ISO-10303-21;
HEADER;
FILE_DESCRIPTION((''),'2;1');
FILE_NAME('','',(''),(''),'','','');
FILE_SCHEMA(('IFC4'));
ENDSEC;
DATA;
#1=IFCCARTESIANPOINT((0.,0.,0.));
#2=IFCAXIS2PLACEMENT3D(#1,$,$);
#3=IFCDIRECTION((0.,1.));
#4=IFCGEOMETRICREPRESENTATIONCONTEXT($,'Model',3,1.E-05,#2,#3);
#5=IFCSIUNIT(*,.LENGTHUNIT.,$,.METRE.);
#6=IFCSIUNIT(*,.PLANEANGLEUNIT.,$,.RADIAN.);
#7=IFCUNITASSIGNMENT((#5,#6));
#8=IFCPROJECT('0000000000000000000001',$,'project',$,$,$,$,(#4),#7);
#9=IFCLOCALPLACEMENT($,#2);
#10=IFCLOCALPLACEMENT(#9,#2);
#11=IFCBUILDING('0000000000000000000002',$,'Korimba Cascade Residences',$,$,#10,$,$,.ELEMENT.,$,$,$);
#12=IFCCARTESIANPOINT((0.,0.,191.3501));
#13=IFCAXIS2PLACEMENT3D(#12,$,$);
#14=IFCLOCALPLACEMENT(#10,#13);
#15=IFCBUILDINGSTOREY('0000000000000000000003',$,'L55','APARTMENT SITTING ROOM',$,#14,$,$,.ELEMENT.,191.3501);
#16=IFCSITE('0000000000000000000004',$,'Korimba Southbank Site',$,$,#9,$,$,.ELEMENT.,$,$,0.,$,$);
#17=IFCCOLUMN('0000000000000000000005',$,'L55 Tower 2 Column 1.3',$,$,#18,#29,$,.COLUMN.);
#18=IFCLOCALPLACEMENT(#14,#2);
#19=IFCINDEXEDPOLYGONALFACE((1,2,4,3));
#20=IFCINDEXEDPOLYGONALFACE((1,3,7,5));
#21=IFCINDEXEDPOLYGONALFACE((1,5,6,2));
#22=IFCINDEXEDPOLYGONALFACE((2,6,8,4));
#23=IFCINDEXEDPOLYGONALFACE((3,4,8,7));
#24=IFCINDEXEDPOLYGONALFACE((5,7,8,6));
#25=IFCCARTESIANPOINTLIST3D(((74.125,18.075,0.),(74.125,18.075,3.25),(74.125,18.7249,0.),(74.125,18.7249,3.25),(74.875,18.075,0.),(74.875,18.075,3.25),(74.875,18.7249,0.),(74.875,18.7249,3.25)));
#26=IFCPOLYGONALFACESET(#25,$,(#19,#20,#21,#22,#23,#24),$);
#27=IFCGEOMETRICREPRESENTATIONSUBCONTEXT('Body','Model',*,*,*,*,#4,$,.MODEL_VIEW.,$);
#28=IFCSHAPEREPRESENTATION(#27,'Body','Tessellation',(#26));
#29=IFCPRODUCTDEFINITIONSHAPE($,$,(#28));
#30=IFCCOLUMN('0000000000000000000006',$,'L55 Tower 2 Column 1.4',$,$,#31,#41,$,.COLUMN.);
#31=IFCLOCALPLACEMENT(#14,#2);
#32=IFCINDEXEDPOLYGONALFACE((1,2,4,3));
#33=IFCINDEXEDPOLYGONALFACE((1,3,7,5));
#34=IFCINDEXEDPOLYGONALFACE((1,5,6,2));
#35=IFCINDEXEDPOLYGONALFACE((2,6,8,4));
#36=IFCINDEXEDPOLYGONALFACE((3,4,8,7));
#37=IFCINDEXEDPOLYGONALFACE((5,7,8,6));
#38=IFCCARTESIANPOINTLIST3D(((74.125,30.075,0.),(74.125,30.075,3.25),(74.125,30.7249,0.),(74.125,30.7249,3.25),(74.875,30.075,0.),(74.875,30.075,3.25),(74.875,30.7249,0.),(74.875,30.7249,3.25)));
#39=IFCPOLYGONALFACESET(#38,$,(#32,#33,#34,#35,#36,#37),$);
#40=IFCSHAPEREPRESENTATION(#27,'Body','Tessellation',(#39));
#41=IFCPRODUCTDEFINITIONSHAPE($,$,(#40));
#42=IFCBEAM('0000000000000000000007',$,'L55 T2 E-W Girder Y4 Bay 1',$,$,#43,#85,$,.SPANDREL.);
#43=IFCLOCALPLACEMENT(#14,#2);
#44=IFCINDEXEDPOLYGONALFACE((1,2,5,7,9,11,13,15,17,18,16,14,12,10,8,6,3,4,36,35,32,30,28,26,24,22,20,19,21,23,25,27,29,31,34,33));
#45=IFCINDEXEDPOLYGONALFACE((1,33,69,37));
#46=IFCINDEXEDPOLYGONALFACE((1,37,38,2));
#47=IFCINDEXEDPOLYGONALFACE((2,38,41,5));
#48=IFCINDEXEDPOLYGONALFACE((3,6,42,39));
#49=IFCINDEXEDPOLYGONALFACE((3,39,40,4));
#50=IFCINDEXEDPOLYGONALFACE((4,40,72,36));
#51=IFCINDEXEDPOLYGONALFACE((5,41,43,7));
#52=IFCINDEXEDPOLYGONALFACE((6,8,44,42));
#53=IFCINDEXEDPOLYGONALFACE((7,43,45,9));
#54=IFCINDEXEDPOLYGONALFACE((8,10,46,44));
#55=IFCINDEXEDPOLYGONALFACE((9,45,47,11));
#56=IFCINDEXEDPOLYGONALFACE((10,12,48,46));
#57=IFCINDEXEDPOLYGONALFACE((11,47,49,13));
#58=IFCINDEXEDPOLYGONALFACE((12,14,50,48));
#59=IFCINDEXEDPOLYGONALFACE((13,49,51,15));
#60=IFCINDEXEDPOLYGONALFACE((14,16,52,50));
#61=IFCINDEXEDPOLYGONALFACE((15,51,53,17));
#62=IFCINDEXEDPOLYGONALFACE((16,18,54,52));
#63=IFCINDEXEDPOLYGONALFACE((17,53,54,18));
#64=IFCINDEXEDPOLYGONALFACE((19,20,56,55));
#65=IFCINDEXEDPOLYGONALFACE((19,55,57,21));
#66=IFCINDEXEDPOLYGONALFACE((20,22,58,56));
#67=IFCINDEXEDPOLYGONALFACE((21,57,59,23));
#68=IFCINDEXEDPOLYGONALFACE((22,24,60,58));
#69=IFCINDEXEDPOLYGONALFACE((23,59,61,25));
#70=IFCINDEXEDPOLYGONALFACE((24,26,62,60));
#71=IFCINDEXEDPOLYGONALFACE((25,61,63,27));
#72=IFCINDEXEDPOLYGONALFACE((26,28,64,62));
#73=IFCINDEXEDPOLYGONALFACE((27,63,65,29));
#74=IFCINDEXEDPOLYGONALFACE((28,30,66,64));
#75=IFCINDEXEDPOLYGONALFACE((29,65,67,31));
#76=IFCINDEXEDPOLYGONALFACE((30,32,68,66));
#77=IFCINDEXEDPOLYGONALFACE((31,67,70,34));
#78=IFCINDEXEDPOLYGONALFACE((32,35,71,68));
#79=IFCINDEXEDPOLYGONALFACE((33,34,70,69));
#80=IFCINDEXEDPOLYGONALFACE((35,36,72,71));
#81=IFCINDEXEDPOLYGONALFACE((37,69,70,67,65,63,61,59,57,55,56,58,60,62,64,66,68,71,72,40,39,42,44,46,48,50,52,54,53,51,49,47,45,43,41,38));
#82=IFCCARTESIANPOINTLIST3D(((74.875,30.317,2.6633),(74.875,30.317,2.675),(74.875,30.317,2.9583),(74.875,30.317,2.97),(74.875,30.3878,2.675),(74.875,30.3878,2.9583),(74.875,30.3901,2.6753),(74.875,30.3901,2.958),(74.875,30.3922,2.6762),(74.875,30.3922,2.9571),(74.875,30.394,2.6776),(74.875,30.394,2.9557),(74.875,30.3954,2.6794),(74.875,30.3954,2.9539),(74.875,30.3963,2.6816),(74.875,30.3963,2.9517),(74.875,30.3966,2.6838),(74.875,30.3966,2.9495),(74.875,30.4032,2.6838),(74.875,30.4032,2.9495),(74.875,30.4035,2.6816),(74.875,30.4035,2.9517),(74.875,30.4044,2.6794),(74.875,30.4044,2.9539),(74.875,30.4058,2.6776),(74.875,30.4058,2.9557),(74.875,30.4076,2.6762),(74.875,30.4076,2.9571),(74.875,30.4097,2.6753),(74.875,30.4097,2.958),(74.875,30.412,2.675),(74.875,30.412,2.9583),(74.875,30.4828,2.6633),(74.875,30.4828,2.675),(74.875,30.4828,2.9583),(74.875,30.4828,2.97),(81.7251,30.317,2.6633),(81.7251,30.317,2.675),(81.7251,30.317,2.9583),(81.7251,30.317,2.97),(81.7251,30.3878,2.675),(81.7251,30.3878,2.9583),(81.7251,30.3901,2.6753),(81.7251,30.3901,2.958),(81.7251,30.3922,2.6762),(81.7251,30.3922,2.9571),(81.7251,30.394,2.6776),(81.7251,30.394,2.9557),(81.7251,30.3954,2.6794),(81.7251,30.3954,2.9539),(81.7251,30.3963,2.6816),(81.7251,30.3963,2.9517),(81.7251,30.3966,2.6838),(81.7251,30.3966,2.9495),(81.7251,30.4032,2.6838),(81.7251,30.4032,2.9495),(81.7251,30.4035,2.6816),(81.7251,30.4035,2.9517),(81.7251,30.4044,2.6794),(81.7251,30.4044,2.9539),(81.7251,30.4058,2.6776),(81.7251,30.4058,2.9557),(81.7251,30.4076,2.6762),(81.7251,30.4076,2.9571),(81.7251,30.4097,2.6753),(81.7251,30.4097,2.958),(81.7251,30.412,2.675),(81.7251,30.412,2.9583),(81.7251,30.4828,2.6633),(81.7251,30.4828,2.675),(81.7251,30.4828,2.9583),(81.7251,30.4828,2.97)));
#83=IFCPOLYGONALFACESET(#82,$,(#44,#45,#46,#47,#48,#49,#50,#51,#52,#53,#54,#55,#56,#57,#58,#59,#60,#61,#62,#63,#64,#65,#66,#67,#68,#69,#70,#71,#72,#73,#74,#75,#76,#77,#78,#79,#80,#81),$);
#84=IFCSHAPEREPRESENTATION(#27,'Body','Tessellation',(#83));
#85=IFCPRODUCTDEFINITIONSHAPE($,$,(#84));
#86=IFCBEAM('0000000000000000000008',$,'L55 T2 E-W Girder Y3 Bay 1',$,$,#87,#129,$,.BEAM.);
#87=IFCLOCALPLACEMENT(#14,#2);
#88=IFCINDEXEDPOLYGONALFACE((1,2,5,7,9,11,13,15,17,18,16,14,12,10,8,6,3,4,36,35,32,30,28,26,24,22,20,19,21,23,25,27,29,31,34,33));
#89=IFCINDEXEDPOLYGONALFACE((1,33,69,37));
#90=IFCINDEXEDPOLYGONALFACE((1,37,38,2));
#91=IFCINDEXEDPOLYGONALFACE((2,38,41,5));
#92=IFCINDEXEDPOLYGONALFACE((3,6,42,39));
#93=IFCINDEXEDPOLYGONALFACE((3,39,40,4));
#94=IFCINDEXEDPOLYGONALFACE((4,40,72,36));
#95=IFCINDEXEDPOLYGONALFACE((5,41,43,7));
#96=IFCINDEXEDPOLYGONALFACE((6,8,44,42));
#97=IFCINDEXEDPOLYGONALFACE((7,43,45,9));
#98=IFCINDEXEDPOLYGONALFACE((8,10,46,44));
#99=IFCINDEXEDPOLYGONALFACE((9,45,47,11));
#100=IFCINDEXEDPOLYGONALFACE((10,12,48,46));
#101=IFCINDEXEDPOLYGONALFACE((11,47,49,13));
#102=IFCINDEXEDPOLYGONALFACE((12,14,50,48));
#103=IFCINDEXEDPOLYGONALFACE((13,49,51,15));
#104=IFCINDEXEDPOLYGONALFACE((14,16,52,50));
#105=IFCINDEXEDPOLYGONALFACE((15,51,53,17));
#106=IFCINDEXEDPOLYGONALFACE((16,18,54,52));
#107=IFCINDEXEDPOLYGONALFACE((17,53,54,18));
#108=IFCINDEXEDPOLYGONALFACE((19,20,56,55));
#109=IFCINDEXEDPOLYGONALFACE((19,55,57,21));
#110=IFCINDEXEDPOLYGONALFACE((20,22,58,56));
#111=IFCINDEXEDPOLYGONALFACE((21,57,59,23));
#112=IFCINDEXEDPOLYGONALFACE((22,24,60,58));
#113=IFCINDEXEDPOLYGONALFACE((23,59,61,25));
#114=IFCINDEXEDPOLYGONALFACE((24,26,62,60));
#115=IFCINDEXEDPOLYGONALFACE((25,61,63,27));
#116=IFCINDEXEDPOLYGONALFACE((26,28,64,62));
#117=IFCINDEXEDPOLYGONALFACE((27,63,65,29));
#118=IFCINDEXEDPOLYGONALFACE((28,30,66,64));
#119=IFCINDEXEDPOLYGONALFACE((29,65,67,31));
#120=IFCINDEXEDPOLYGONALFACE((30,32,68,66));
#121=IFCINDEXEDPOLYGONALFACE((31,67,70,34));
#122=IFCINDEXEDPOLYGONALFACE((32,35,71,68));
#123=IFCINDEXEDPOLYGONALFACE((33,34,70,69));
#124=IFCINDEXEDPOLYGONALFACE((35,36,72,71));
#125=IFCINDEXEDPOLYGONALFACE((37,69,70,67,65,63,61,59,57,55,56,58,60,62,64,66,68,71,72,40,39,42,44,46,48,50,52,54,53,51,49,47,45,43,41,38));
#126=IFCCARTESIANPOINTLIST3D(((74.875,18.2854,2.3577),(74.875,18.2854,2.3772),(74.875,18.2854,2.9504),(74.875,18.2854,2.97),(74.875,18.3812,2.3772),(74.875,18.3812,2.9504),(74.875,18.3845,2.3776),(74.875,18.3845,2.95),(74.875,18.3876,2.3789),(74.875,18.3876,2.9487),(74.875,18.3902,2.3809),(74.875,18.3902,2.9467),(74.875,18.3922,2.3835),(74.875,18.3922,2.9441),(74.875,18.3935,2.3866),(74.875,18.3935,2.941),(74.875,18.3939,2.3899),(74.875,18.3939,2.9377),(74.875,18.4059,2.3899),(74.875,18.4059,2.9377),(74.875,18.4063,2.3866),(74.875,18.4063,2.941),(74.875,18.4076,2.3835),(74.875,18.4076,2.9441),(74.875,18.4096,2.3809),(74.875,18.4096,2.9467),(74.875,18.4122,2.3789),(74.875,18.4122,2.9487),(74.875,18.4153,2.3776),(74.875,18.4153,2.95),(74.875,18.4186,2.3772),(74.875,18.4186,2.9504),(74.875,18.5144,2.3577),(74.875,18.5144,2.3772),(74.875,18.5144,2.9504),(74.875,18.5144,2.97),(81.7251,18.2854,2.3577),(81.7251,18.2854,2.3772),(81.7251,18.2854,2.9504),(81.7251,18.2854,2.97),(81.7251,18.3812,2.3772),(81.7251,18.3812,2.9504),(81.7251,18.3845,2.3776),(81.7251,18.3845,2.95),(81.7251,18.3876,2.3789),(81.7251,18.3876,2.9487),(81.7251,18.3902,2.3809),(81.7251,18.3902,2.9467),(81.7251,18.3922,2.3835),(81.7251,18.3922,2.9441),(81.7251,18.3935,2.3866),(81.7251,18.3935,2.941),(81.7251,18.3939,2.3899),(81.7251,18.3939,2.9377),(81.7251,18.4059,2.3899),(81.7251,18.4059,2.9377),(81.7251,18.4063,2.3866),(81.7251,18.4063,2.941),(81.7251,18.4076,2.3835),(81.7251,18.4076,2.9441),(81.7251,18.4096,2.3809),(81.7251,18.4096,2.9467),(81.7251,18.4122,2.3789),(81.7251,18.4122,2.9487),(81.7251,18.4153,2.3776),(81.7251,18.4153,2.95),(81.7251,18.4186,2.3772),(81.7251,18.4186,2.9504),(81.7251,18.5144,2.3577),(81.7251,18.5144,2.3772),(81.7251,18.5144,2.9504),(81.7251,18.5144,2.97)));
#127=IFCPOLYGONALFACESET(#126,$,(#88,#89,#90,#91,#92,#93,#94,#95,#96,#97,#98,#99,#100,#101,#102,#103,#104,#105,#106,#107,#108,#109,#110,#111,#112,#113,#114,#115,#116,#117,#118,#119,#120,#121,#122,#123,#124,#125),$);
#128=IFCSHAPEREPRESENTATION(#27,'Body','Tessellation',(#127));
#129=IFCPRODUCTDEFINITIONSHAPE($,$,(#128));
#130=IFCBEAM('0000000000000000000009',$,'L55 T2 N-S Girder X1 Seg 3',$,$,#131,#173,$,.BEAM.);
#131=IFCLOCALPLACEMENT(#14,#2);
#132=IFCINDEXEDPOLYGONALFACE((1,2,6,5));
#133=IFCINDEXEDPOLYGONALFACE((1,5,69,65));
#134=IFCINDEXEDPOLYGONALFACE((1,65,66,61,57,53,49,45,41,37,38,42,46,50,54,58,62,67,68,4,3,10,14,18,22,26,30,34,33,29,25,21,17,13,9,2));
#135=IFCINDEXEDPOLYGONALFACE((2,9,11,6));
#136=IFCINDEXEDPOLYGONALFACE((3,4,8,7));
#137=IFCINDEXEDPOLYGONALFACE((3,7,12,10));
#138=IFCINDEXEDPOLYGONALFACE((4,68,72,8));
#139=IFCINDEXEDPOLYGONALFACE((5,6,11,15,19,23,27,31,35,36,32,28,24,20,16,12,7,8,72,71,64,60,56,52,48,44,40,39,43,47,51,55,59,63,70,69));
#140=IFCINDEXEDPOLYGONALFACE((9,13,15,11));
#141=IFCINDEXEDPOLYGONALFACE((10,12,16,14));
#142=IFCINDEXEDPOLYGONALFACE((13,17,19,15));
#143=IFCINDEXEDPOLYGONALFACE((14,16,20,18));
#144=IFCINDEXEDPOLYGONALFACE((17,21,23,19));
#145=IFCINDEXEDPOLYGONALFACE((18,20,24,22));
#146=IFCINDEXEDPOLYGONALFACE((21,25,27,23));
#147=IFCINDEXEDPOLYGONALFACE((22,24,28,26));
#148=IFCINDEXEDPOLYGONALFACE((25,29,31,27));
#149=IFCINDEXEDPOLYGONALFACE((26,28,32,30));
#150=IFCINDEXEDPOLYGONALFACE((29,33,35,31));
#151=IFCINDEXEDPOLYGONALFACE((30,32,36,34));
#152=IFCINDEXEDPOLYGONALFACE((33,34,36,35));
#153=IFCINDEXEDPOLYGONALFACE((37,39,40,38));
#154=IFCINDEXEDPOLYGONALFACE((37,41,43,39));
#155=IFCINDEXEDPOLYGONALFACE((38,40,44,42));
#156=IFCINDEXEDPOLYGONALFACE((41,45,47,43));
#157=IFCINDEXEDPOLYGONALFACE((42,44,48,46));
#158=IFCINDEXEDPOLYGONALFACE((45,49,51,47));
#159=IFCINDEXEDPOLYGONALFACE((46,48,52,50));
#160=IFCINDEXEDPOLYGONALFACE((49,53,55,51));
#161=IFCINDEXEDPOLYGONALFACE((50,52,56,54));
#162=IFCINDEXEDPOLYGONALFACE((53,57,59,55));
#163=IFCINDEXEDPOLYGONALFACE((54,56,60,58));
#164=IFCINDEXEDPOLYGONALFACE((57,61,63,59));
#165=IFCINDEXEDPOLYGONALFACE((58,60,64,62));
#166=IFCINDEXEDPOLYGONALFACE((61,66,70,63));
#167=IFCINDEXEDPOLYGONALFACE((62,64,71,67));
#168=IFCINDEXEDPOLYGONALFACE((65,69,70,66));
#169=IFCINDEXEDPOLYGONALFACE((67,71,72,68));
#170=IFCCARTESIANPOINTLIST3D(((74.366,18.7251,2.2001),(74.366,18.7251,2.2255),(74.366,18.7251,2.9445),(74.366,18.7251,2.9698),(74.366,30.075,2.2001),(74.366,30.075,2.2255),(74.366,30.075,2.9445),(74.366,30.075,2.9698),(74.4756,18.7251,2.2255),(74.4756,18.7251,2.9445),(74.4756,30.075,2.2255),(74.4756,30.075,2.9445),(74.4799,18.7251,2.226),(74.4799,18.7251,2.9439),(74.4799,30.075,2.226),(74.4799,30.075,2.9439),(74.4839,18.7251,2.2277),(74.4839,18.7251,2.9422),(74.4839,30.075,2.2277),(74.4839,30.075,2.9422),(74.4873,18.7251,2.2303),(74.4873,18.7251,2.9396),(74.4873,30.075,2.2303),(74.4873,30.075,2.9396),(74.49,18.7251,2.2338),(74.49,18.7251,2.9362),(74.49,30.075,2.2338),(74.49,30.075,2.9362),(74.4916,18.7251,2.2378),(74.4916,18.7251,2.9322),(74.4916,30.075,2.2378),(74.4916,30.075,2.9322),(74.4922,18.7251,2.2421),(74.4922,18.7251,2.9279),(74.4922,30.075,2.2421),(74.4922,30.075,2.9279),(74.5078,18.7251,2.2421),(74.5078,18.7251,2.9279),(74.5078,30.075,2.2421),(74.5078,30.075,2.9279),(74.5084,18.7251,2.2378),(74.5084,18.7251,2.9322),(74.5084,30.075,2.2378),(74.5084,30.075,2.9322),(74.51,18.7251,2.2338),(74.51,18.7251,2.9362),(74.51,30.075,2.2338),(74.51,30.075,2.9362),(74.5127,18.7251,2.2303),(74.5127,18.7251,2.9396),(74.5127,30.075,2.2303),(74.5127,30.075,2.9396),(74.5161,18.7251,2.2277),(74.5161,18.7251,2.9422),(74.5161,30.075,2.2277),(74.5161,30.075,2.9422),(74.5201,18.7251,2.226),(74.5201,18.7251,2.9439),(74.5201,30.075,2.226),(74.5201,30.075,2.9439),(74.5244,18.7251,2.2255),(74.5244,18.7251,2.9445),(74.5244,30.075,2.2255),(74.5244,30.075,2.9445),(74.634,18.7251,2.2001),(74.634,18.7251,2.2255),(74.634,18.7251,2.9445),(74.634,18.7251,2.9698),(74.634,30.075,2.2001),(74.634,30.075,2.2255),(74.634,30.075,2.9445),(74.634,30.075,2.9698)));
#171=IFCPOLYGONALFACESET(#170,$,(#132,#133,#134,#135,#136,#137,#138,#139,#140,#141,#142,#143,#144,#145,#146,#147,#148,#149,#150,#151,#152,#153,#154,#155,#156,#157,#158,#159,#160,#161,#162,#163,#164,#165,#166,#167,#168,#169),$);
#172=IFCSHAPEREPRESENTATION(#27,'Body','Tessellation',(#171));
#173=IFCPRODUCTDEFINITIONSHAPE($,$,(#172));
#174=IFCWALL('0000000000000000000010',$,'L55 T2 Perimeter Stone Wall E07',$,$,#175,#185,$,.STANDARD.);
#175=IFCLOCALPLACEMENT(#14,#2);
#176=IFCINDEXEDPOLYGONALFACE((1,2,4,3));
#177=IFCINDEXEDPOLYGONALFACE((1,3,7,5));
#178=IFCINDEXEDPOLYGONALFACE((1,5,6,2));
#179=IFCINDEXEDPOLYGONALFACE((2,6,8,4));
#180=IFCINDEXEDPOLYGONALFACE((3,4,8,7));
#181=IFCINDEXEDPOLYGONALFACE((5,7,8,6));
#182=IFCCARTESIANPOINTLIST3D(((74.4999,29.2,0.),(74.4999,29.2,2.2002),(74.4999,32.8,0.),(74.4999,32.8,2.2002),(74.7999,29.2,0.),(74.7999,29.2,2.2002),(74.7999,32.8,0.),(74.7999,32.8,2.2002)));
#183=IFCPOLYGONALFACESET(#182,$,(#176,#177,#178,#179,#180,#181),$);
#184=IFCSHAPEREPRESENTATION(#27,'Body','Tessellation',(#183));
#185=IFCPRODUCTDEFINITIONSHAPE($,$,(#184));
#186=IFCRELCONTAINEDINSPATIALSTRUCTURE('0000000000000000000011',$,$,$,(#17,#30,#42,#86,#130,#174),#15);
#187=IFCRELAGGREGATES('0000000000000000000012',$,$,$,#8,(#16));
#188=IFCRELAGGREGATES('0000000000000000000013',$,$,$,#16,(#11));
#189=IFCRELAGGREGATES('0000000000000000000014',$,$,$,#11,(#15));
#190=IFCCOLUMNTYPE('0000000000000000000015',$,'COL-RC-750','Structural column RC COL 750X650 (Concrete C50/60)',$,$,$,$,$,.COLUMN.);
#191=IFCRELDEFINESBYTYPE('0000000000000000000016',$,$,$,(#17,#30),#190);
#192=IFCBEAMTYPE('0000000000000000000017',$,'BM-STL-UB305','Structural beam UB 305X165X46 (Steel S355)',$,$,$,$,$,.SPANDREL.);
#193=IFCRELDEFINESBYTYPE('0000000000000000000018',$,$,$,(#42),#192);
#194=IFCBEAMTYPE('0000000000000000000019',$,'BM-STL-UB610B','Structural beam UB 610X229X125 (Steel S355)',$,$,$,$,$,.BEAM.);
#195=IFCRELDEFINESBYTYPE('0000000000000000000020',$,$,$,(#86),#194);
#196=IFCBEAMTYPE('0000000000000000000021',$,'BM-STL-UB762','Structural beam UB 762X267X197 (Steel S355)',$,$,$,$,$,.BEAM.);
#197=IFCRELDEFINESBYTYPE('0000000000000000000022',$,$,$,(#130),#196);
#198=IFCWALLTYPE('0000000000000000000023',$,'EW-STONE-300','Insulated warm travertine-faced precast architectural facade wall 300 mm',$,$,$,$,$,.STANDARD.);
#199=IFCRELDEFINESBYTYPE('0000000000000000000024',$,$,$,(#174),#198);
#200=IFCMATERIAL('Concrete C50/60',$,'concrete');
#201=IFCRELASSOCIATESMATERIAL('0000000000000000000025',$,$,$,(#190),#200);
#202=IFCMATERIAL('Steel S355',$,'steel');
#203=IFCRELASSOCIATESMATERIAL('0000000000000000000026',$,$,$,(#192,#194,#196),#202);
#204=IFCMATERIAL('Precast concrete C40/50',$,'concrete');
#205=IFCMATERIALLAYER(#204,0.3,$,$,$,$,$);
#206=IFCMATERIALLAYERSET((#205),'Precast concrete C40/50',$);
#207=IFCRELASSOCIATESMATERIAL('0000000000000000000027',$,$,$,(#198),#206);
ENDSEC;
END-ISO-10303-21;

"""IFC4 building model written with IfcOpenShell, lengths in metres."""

from ifc_helpers import new_model, si_unit, direction, frame, frame_2d, origin, origin_2d, place, context, subcontext, project, spatial, rectangle, i_section, extrude, material, layer, layer_set, material_profile, profile_set, type_object, element, save


model = new_model("IFC4")

# Units and contexts
model_context = context("Model", 3, precision=1e-05, world=origin(), true_north=direction((0.0, 1.0)))
body_context = subcontext(model_context, "Body", "Model", "MODEL_VIEW")
ifc_project = project(units=[si_unit("LENGTHUNIT", "METRE"), si_unit("PLANEANGLEUNIT", "RADIAN")], contexts=[model_context])

# Site, building, storey
site_placement = place(None, origin())
site = spatial("IfcSite", under=ifc_project, at=site_placement, Name="Korimba Southbank Site", CompositionType="ELEMENT", RefElevation=0.0)
building_placement = place(site_placement, origin())
building = spatial("IfcBuilding", under=site, at=building_placement, Name="Korimba Cascade Residences", CompositionType="ELEMENT")
storey_placement = place(building_placement, frame((0.0, 0.0, 191.3501)))
storey = spatial("IfcBuildingStorey", under=building, at=storey_placement, Name="L55", Description="APARTMENT SITTING ROOM", CompositionType="ELEMENT", Elevation=191.3501)

# Columns
ifc_material_1 = material(Name="Concrete C50/60", Category="concrete")
ifc_material_profile_1 = material_profile(ifc_material_1, rectangle(XDim=0.75, YDim=0.6499, at=origin_2d()), Name="Concrete C50/60")
ifc_profile_set_1 = profile_set([ifc_material_profile_1], Name="Concrete C50/60")
column_type = type_object("IfcColumnType", Name="COL-RC-750", Description="Structural column RC COL 750X650 (Concrete C50/60)", PredefinedType="COLUMN", material=ifc_profile_set_1)
for number, where, z_axis, x_axis, name in (
    (1, (74.5, 18.3999, 0.0), (0.0, 0.0, 1.0), (1.0, 0.0, 0.0), "L55 Tower 2 Column 1.3"),
    (2, (74.5, 30.3999, 0.0), (0.0, 0.0, 1.0), (1.0, 0.0, 0.0), "L55 Tower 2 Column 1.4"),
):
    element("IfcColumn", number, at=place(storey_placement, frame(where, z_axis=z_axis, x_axis=x_axis)), inside=storey, type_object=column_type, Name=name, PredefinedType="COLUMN", context=body_context, shape_type="SweptSolid", body=[
        extrude(rectangle(XDim=0.75, YDim=0.6499, at=origin_2d()), origin(), (0.0, 0.0, 1.0), 3.25),
    ])

# Beams
ifc_material_2 = material(Name="Steel S355", Category="steel")
ifc_material_profile_2 = material_profile(ifc_material_2, i_section(OverallWidth=0.1658, OverallDepth=0.3066, WebThickness=0.0066, FlangeThickness=0.0117, FilletRadius=0.0088, at=origin_2d()), Name="Steel S355")
ifc_profile_set_2 = profile_set([ifc_material_profile_2], Name="Steel S355")
beam_type_1 = type_object("IfcBeamType", Name="BM-STL-UB305", Description="Structural beam UB 305X165X46 (Steel S355)", PredefinedType="SPANDREL", material=ifc_profile_set_2)
beam_1_placement = place(storey_placement, frame((74.875, 30.3999, 2.8167), z_axis=(1.0, 0.0, 0.0), x_axis=(0.0, 1.0, 0.0)))
element("IfcBeam", 3, at=beam_1_placement, inside=storey, type_object=beam_type_1, Name="L55 T2 E-W Girder Y4 Bay 1", PredefinedType="SPANDREL", context=body_context, shape_type="SweptSolid", body=[
    extrude(i_section(OverallWidth=0.1658, OverallDepth=0.3066, WebThickness=0.0066, FlangeThickness=0.0117, FilletRadius=0.0088, at=origin_2d()), origin(), (0.0, 0.0, 1.0), 6.8501),
])
ifc_material_profile_3 = material_profile(ifc_material_2, i_section(OverallWidth=0.229, OverallDepth=0.6123, WebThickness=0.012, FlangeThickness=0.0195, FilletRadius=0.0127, at=origin_2d()), Name="Steel S355")
ifc_profile_set_3 = profile_set([ifc_material_profile_3], Name="Steel S355")
beam_type_2 = type_object("IfcBeamType", Name="BM-STL-UB610B", Description="Structural beam UB 610X229X125 (Steel S355)", PredefinedType="BEAM", material=ifc_profile_set_3)
beam_2_placement = place(storey_placement, frame((74.875, 18.3999, 2.6638), z_axis=(1.0, 0.0, 0.0), x_axis=(0.0, 1.0, 0.0)))
element("IfcBeam", 4, at=beam_2_placement, inside=storey, type_object=beam_type_2, Name="L55 T2 E-W Girder Y3 Bay 1", PredefinedType="BEAM", context=body_context, shape_type="SweptSolid", body=[
    extrude(i_section(OverallWidth=0.229, OverallDepth=0.6123, WebThickness=0.012, FlangeThickness=0.0195, FilletRadius=0.0127, at=origin_2d()), origin(), (0.0, 0.0, 1.0), 6.8501),
])
ifc_material_profile_4 = material_profile(ifc_material_2, i_section(OverallWidth=0.2681, OverallDepth=0.7698, WebThickness=0.0156, FlangeThickness=0.0254, FilletRadius=0.0166, at=origin_2d()), Name="Steel S355")
ifc_profile_set_4 = profile_set([ifc_material_profile_4], Name="Steel S355")
beam_type_3 = type_object("IfcBeamType", Name="BM-STL-UB762", Description="Structural beam UB 762X267X197 (Steel S355)", PredefinedType="BEAM", material=ifc_profile_set_4)
beam_3_placement = place(storey_placement, frame((74.5, 18.7251, 2.585), z_axis=(0.0, 1.0, 0.0), x_axis=(-1.0, 0.0, 0.0)))
element("IfcBeam", 5, at=beam_3_placement, inside=storey, type_object=beam_type_3, Name="L55 T2 N-S Girder X1 Seg 3", PredefinedType="BEAM", context=body_context, shape_type="SweptSolid", body=[
    extrude(i_section(OverallWidth=0.2681, OverallDepth=0.7698, WebThickness=0.0156, FlangeThickness=0.0254, FilletRadius=0.0166, at=origin_2d()), origin(), (0.0, 0.0, 1.0), 11.3499),
])

# Wall
ifc_material_3 = material(Name="Precast concrete C40/50", Category="concrete")
ifc_layer_1 = layer(ifc_material_3, 0.3)
ifc_layer_set_1 = layer_set([ifc_layer_1], Name="Precast concrete C40/50")
wall_type_1 = type_object("IfcWallType", Name="EW-STONE-300", Description="Insulated warm travertine-faced precast architectural facade wall 300 mm", PredefinedType="STANDARD", material=ifc_layer_set_1)
wall_1_placement = place(storey_placement, frame((74.6499, 32.8, 0.0), z_axis=(0.0, 0.0, 1.0), x_axis=(0.0, -1.0, 0.0)))
element("IfcWall", 6, at=wall_1_placement, inside=storey, type_object=wall_type_1, Name="L55 T2 Perimeter Stone Wall E07", PredefinedType="STANDARD", context=body_context, shape_type="SweptSolid", body=[
    extrude(rectangle(XDim=3.6001, YDim=0.3, at=frame_2d((1.8, 0.0))), origin(), (0.0, 0.0, 1.0), 2.2002),
])

save(model, "model.ifc")
